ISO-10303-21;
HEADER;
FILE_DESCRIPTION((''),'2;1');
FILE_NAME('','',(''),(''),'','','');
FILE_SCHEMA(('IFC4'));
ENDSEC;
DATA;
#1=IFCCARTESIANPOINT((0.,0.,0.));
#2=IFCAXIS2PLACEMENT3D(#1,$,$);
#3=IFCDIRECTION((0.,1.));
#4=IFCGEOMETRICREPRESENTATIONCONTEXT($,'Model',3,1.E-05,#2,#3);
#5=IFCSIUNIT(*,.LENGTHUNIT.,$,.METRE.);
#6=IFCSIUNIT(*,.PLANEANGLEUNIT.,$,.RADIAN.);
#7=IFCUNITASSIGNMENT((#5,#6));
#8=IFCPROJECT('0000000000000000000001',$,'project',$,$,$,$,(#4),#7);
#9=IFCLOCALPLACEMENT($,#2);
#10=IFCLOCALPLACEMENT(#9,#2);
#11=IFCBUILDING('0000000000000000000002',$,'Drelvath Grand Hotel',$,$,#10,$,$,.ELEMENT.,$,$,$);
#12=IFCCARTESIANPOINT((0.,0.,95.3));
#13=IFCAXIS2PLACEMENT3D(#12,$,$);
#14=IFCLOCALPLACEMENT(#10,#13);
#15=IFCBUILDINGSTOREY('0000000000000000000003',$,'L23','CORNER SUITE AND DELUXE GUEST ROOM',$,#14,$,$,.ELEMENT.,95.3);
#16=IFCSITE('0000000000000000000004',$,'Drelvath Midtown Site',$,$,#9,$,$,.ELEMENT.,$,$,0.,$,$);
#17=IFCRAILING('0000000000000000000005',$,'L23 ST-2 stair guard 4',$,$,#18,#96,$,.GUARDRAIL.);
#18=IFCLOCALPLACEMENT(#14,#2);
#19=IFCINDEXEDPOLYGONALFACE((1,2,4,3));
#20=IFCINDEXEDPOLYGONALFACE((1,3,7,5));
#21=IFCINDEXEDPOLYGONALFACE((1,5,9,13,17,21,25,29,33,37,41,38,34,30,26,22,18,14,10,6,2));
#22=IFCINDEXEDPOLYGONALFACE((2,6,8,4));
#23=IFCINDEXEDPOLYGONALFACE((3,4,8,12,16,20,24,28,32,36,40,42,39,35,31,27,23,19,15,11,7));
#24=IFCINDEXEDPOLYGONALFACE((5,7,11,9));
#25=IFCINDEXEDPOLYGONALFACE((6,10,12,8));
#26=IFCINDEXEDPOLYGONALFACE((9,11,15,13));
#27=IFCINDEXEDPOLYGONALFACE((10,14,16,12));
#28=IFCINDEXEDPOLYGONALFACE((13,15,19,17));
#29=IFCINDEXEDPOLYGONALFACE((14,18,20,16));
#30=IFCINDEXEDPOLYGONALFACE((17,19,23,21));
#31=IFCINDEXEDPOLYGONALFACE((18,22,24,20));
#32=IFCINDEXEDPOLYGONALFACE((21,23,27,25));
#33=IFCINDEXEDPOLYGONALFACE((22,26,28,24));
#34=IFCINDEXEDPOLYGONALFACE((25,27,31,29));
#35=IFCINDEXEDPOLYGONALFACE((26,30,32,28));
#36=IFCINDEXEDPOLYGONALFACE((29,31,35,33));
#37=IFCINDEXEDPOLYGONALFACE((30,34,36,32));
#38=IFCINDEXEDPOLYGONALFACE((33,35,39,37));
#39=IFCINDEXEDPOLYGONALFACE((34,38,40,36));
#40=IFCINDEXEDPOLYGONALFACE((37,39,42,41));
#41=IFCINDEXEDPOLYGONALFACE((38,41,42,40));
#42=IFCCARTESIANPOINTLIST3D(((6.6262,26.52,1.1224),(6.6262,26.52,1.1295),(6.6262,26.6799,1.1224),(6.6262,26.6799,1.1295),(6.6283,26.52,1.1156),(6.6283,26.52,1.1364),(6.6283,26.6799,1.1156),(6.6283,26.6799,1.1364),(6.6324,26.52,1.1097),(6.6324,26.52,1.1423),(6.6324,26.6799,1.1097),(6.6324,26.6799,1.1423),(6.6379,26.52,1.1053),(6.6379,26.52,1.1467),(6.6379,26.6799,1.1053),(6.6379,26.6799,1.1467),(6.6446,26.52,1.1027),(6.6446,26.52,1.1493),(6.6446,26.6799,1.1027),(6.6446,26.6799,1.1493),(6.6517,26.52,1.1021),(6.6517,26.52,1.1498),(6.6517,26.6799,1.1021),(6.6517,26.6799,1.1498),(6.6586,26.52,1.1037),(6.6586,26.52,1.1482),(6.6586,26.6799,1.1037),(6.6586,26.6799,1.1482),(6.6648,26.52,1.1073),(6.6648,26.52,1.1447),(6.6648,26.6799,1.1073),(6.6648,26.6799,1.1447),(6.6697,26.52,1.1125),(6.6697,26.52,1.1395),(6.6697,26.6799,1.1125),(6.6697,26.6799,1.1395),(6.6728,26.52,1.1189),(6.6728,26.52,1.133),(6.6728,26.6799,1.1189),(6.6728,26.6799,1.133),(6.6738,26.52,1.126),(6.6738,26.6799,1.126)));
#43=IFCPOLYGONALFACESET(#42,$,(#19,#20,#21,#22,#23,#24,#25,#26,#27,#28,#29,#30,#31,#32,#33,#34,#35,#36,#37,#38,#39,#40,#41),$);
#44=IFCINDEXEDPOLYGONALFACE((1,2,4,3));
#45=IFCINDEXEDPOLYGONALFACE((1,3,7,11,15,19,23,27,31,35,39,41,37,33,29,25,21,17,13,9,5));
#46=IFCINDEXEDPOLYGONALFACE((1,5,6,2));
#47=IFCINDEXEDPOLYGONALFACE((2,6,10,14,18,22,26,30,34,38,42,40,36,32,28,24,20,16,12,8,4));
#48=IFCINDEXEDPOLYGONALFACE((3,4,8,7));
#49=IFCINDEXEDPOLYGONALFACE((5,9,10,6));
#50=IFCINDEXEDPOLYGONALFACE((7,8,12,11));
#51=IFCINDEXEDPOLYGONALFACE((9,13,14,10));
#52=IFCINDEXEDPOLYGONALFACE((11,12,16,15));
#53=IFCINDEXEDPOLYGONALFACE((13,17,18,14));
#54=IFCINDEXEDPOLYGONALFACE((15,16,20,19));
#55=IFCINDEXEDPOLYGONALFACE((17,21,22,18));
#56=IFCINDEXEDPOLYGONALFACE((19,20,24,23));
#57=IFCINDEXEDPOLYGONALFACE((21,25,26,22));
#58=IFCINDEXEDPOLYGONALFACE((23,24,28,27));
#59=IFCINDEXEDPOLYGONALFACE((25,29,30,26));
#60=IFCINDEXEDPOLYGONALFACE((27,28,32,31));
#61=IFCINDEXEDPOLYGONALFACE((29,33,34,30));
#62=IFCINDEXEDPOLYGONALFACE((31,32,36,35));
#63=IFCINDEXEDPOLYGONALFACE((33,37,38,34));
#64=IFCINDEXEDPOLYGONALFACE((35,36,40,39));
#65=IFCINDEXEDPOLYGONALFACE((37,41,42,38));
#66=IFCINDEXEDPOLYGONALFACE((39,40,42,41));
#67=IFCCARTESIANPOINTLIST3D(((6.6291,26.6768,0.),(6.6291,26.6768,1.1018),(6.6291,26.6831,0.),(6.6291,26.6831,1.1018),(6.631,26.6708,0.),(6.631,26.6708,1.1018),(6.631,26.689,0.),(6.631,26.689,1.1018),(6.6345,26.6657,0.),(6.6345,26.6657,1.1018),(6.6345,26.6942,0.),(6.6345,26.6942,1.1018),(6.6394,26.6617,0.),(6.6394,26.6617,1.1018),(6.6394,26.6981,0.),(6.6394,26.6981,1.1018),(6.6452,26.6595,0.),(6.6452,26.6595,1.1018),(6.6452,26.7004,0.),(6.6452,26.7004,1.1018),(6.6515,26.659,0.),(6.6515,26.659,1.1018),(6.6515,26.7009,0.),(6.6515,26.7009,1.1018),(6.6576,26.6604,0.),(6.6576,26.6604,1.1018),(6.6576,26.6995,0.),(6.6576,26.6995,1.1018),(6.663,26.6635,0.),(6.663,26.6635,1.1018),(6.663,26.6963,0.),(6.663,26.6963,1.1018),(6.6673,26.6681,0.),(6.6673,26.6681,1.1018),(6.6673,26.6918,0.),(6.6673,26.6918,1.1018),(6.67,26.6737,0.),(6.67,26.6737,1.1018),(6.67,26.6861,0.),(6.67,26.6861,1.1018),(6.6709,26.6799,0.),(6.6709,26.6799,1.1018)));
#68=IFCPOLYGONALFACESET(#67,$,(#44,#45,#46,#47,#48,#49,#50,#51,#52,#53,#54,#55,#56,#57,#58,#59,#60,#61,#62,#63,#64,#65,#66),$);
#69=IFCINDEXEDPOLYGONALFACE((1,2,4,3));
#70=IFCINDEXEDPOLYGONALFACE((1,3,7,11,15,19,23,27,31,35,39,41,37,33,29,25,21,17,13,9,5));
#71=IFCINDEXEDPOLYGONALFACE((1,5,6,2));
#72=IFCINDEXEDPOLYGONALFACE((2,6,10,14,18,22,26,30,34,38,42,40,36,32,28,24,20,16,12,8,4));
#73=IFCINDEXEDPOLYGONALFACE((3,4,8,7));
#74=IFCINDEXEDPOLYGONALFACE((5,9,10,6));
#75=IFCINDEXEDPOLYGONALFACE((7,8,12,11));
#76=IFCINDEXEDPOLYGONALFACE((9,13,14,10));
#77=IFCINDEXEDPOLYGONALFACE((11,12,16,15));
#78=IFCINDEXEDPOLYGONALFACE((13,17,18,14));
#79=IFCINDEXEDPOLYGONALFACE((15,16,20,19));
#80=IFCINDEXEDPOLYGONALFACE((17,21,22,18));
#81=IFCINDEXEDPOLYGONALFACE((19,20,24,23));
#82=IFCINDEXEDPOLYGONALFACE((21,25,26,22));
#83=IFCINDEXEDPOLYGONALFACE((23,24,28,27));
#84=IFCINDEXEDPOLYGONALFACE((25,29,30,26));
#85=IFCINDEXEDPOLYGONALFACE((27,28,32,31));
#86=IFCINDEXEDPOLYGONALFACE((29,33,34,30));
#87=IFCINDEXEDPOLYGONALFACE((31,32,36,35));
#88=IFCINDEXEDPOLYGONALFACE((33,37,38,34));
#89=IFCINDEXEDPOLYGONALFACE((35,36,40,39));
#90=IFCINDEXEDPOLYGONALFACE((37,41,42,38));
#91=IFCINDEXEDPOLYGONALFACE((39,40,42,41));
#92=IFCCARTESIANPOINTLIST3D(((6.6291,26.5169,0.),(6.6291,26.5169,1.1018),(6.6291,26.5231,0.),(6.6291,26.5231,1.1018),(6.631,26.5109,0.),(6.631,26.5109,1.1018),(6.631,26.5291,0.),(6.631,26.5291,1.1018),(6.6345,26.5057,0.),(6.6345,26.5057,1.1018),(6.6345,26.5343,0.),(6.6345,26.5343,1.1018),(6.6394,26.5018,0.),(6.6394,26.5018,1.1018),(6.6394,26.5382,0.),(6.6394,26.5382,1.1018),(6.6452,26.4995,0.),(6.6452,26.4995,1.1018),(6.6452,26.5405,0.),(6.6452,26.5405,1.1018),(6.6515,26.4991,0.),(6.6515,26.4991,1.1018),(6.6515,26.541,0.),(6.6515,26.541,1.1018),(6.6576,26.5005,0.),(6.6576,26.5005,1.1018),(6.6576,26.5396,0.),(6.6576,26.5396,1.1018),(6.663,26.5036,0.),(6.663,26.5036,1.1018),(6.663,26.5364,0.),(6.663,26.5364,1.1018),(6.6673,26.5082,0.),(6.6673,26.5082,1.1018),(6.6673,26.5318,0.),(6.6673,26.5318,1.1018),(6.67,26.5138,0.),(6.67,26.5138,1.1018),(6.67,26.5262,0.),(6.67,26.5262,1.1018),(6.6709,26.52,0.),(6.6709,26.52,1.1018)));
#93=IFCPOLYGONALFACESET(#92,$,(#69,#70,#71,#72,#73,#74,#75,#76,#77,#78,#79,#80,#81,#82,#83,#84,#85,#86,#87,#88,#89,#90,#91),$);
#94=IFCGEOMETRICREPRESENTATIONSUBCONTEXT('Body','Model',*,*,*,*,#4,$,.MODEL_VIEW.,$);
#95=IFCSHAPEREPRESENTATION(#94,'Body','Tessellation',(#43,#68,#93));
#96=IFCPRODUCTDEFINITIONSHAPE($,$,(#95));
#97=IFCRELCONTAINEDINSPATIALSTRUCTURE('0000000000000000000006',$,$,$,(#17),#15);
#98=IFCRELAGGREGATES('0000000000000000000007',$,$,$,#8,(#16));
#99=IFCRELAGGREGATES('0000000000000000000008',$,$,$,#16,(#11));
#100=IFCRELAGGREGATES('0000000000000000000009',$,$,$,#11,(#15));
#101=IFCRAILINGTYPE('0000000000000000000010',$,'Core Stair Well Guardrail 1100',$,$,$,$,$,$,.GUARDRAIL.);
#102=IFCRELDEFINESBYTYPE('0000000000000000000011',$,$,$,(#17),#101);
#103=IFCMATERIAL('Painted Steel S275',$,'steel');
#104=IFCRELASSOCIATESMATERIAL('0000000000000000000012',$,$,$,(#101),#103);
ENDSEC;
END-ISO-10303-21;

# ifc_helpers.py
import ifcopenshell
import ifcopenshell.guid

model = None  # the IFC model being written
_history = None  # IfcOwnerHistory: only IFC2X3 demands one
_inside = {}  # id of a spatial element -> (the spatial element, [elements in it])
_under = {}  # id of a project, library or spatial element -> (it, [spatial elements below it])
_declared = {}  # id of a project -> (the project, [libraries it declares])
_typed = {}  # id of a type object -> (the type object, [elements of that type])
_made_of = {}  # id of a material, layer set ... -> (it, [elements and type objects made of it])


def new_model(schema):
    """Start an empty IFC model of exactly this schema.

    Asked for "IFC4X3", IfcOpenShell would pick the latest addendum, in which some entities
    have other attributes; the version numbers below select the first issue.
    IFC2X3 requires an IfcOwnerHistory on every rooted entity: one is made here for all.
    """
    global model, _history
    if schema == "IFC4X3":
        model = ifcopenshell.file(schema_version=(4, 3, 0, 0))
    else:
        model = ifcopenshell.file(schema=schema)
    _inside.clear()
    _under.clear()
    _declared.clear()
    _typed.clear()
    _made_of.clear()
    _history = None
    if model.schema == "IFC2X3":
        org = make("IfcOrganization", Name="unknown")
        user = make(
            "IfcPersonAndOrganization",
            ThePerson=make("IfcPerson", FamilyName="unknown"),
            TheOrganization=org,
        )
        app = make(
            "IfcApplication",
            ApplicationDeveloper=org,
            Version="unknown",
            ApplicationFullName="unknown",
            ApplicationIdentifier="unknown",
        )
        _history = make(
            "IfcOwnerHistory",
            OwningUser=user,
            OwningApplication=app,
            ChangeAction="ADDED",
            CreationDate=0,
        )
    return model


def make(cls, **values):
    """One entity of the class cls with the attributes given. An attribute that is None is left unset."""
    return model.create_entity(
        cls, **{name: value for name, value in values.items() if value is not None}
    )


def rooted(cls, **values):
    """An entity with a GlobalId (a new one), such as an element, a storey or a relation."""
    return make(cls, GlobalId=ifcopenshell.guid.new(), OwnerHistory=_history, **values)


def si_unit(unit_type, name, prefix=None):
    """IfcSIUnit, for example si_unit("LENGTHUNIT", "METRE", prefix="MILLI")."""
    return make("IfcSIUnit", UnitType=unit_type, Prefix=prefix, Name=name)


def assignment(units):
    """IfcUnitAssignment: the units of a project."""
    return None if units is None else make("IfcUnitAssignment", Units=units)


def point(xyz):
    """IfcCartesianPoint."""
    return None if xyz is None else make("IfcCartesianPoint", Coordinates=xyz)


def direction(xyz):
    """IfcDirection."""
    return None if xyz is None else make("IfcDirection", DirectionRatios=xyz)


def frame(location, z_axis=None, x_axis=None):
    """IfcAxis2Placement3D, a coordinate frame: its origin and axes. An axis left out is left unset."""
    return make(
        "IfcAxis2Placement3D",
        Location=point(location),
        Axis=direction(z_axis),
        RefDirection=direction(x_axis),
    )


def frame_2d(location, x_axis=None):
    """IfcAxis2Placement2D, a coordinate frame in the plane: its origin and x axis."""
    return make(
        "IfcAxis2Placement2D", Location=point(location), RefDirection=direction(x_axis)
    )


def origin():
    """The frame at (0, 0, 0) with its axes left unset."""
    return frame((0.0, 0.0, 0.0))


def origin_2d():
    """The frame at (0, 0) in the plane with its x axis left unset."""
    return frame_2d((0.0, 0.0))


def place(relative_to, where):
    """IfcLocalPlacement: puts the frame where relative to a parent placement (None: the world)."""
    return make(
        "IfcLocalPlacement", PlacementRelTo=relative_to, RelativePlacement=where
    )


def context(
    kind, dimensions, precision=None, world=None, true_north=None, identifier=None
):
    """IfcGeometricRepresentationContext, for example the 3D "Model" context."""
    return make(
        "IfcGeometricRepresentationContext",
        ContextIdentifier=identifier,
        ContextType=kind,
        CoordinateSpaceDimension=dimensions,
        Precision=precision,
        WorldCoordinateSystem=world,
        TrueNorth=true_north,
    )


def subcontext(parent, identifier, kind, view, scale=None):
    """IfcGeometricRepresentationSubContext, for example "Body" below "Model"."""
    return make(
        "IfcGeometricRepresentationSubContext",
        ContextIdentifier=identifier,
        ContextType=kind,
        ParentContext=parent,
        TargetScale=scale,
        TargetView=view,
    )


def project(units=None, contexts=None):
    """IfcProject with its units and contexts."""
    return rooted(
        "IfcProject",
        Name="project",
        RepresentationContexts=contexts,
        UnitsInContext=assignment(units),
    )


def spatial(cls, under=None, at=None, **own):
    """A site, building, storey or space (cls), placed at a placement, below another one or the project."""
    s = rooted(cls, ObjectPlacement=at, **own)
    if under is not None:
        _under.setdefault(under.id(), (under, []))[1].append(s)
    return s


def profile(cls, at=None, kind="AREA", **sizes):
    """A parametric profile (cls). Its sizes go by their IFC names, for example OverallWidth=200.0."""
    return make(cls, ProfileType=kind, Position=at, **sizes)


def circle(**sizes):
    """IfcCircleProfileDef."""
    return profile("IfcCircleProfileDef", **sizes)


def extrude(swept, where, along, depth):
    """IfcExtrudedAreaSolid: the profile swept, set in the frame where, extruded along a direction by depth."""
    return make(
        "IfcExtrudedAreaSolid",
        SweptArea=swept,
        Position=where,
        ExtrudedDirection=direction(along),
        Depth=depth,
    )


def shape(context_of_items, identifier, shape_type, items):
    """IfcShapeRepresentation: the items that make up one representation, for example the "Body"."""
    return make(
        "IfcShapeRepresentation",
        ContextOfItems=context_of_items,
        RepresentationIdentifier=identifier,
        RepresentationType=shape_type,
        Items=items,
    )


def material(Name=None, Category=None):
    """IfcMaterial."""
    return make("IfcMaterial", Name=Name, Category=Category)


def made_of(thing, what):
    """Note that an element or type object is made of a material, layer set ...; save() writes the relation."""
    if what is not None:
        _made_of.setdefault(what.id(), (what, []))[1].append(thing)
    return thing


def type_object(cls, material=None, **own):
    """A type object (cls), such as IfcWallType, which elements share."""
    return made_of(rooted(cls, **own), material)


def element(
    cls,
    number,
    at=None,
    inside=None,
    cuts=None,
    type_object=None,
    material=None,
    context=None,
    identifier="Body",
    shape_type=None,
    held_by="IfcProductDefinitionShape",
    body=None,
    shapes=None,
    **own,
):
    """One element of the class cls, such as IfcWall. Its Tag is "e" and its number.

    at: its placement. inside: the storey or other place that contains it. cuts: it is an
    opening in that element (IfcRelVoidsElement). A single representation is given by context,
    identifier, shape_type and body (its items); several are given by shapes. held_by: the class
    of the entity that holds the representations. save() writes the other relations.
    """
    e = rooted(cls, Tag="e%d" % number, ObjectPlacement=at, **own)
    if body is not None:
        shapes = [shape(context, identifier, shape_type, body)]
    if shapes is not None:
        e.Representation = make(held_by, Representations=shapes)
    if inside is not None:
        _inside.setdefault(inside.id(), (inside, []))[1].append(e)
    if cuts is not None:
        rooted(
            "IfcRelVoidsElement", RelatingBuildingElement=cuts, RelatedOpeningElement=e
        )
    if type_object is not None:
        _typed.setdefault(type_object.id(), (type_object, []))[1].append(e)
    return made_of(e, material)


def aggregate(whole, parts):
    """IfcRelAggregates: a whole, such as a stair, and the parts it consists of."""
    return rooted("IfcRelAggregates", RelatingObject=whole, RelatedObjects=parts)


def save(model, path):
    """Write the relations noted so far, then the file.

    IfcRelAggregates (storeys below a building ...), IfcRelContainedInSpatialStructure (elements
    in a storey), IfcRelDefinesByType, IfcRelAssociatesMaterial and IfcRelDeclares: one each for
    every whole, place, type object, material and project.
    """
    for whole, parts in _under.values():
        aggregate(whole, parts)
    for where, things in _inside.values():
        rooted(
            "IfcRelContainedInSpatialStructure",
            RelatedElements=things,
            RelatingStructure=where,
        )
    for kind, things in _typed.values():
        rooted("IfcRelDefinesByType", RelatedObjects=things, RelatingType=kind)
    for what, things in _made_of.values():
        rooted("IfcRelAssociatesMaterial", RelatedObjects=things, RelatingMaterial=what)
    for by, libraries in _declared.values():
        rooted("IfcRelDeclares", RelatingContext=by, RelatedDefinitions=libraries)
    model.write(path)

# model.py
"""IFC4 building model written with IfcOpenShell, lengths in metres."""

from ifc_helpers import new_model, si_unit, direction, frame, origin, origin_2d, place, context, subcontext, project, spatial, circle, extrude, material, type_object, element, save


model = new_model("IFC4")

# Units and contexts
model_context = context("Model", 3, precision=1e-05, world=origin(), true_north=direction((0.0, 1.0)))
body_context = subcontext(model_context, "Body", "Model", "MODEL_VIEW")
ifc_project = project(units=[si_unit("LENGTHUNIT", "METRE"), si_unit("PLANEANGLEUNIT", "RADIAN")], contexts=[model_context])

# Site, building, storey
site_placement = place(None, origin())
site = spatial("IfcSite", under=ifc_project, at=site_placement, Name="Drelvath Midtown Site", CompositionType="ELEMENT", RefElevation=0.0)
building_placement = place(site_placement, origin())
building = spatial("IfcBuilding", under=site, at=building_placement, Name="Drelvath Grand Hotel", CompositionType="ELEMENT")
storey_placement = place(building_placement, frame((0.0, 0.0, 95.3)))
storey = spatial("IfcBuildingStorey", under=building, at=storey_placement, Name="L23", Description="CORNER SUITE AND DELUXE GUEST ROOM", CompositionType="ELEMENT", Elevation=95.3)

# Railing
ifc_material_1 = material(Name="Painted Steel S275", Category="steel")
railing_type_1 = type_object("IfcRailingType", Name="Core Stair Well Guardrail 1100", PredefinedType="GUARDRAIL", material=ifc_material_1)
railing_1_placement = place(storey_placement, frame((6.6499, 26.6799, 0.0)))
element("IfcRailing", 1, at=railing_1_placement, inside=storey, type_object=railing_type_1, Name="L23 ST-2 stair guard 4", PredefinedType="GUARDRAIL", context=body_context, shape_type="SweptSolid", body=[
    extrude(circle(Radius=0.0239, at=origin_2d()), frame((0.0, 0.0, 1.126), z_axis=(0.0, -1.0, 0.0), x_axis=(1.0, 0.0, 0.0)), (0.0, 0.0, 1.0), 0.1599),
    extrude(circle(Radius=0.021, at=origin_2d()), origin(), (0.0, 0.0, 1.0), 1.1018),
    extrude(circle(Radius=0.021, at=origin_2d()), frame((0.0, -0.1599, 0.0)), (0.0, 0.0, 1.0), 1.1018),
])

save(model, "model.ifc")
